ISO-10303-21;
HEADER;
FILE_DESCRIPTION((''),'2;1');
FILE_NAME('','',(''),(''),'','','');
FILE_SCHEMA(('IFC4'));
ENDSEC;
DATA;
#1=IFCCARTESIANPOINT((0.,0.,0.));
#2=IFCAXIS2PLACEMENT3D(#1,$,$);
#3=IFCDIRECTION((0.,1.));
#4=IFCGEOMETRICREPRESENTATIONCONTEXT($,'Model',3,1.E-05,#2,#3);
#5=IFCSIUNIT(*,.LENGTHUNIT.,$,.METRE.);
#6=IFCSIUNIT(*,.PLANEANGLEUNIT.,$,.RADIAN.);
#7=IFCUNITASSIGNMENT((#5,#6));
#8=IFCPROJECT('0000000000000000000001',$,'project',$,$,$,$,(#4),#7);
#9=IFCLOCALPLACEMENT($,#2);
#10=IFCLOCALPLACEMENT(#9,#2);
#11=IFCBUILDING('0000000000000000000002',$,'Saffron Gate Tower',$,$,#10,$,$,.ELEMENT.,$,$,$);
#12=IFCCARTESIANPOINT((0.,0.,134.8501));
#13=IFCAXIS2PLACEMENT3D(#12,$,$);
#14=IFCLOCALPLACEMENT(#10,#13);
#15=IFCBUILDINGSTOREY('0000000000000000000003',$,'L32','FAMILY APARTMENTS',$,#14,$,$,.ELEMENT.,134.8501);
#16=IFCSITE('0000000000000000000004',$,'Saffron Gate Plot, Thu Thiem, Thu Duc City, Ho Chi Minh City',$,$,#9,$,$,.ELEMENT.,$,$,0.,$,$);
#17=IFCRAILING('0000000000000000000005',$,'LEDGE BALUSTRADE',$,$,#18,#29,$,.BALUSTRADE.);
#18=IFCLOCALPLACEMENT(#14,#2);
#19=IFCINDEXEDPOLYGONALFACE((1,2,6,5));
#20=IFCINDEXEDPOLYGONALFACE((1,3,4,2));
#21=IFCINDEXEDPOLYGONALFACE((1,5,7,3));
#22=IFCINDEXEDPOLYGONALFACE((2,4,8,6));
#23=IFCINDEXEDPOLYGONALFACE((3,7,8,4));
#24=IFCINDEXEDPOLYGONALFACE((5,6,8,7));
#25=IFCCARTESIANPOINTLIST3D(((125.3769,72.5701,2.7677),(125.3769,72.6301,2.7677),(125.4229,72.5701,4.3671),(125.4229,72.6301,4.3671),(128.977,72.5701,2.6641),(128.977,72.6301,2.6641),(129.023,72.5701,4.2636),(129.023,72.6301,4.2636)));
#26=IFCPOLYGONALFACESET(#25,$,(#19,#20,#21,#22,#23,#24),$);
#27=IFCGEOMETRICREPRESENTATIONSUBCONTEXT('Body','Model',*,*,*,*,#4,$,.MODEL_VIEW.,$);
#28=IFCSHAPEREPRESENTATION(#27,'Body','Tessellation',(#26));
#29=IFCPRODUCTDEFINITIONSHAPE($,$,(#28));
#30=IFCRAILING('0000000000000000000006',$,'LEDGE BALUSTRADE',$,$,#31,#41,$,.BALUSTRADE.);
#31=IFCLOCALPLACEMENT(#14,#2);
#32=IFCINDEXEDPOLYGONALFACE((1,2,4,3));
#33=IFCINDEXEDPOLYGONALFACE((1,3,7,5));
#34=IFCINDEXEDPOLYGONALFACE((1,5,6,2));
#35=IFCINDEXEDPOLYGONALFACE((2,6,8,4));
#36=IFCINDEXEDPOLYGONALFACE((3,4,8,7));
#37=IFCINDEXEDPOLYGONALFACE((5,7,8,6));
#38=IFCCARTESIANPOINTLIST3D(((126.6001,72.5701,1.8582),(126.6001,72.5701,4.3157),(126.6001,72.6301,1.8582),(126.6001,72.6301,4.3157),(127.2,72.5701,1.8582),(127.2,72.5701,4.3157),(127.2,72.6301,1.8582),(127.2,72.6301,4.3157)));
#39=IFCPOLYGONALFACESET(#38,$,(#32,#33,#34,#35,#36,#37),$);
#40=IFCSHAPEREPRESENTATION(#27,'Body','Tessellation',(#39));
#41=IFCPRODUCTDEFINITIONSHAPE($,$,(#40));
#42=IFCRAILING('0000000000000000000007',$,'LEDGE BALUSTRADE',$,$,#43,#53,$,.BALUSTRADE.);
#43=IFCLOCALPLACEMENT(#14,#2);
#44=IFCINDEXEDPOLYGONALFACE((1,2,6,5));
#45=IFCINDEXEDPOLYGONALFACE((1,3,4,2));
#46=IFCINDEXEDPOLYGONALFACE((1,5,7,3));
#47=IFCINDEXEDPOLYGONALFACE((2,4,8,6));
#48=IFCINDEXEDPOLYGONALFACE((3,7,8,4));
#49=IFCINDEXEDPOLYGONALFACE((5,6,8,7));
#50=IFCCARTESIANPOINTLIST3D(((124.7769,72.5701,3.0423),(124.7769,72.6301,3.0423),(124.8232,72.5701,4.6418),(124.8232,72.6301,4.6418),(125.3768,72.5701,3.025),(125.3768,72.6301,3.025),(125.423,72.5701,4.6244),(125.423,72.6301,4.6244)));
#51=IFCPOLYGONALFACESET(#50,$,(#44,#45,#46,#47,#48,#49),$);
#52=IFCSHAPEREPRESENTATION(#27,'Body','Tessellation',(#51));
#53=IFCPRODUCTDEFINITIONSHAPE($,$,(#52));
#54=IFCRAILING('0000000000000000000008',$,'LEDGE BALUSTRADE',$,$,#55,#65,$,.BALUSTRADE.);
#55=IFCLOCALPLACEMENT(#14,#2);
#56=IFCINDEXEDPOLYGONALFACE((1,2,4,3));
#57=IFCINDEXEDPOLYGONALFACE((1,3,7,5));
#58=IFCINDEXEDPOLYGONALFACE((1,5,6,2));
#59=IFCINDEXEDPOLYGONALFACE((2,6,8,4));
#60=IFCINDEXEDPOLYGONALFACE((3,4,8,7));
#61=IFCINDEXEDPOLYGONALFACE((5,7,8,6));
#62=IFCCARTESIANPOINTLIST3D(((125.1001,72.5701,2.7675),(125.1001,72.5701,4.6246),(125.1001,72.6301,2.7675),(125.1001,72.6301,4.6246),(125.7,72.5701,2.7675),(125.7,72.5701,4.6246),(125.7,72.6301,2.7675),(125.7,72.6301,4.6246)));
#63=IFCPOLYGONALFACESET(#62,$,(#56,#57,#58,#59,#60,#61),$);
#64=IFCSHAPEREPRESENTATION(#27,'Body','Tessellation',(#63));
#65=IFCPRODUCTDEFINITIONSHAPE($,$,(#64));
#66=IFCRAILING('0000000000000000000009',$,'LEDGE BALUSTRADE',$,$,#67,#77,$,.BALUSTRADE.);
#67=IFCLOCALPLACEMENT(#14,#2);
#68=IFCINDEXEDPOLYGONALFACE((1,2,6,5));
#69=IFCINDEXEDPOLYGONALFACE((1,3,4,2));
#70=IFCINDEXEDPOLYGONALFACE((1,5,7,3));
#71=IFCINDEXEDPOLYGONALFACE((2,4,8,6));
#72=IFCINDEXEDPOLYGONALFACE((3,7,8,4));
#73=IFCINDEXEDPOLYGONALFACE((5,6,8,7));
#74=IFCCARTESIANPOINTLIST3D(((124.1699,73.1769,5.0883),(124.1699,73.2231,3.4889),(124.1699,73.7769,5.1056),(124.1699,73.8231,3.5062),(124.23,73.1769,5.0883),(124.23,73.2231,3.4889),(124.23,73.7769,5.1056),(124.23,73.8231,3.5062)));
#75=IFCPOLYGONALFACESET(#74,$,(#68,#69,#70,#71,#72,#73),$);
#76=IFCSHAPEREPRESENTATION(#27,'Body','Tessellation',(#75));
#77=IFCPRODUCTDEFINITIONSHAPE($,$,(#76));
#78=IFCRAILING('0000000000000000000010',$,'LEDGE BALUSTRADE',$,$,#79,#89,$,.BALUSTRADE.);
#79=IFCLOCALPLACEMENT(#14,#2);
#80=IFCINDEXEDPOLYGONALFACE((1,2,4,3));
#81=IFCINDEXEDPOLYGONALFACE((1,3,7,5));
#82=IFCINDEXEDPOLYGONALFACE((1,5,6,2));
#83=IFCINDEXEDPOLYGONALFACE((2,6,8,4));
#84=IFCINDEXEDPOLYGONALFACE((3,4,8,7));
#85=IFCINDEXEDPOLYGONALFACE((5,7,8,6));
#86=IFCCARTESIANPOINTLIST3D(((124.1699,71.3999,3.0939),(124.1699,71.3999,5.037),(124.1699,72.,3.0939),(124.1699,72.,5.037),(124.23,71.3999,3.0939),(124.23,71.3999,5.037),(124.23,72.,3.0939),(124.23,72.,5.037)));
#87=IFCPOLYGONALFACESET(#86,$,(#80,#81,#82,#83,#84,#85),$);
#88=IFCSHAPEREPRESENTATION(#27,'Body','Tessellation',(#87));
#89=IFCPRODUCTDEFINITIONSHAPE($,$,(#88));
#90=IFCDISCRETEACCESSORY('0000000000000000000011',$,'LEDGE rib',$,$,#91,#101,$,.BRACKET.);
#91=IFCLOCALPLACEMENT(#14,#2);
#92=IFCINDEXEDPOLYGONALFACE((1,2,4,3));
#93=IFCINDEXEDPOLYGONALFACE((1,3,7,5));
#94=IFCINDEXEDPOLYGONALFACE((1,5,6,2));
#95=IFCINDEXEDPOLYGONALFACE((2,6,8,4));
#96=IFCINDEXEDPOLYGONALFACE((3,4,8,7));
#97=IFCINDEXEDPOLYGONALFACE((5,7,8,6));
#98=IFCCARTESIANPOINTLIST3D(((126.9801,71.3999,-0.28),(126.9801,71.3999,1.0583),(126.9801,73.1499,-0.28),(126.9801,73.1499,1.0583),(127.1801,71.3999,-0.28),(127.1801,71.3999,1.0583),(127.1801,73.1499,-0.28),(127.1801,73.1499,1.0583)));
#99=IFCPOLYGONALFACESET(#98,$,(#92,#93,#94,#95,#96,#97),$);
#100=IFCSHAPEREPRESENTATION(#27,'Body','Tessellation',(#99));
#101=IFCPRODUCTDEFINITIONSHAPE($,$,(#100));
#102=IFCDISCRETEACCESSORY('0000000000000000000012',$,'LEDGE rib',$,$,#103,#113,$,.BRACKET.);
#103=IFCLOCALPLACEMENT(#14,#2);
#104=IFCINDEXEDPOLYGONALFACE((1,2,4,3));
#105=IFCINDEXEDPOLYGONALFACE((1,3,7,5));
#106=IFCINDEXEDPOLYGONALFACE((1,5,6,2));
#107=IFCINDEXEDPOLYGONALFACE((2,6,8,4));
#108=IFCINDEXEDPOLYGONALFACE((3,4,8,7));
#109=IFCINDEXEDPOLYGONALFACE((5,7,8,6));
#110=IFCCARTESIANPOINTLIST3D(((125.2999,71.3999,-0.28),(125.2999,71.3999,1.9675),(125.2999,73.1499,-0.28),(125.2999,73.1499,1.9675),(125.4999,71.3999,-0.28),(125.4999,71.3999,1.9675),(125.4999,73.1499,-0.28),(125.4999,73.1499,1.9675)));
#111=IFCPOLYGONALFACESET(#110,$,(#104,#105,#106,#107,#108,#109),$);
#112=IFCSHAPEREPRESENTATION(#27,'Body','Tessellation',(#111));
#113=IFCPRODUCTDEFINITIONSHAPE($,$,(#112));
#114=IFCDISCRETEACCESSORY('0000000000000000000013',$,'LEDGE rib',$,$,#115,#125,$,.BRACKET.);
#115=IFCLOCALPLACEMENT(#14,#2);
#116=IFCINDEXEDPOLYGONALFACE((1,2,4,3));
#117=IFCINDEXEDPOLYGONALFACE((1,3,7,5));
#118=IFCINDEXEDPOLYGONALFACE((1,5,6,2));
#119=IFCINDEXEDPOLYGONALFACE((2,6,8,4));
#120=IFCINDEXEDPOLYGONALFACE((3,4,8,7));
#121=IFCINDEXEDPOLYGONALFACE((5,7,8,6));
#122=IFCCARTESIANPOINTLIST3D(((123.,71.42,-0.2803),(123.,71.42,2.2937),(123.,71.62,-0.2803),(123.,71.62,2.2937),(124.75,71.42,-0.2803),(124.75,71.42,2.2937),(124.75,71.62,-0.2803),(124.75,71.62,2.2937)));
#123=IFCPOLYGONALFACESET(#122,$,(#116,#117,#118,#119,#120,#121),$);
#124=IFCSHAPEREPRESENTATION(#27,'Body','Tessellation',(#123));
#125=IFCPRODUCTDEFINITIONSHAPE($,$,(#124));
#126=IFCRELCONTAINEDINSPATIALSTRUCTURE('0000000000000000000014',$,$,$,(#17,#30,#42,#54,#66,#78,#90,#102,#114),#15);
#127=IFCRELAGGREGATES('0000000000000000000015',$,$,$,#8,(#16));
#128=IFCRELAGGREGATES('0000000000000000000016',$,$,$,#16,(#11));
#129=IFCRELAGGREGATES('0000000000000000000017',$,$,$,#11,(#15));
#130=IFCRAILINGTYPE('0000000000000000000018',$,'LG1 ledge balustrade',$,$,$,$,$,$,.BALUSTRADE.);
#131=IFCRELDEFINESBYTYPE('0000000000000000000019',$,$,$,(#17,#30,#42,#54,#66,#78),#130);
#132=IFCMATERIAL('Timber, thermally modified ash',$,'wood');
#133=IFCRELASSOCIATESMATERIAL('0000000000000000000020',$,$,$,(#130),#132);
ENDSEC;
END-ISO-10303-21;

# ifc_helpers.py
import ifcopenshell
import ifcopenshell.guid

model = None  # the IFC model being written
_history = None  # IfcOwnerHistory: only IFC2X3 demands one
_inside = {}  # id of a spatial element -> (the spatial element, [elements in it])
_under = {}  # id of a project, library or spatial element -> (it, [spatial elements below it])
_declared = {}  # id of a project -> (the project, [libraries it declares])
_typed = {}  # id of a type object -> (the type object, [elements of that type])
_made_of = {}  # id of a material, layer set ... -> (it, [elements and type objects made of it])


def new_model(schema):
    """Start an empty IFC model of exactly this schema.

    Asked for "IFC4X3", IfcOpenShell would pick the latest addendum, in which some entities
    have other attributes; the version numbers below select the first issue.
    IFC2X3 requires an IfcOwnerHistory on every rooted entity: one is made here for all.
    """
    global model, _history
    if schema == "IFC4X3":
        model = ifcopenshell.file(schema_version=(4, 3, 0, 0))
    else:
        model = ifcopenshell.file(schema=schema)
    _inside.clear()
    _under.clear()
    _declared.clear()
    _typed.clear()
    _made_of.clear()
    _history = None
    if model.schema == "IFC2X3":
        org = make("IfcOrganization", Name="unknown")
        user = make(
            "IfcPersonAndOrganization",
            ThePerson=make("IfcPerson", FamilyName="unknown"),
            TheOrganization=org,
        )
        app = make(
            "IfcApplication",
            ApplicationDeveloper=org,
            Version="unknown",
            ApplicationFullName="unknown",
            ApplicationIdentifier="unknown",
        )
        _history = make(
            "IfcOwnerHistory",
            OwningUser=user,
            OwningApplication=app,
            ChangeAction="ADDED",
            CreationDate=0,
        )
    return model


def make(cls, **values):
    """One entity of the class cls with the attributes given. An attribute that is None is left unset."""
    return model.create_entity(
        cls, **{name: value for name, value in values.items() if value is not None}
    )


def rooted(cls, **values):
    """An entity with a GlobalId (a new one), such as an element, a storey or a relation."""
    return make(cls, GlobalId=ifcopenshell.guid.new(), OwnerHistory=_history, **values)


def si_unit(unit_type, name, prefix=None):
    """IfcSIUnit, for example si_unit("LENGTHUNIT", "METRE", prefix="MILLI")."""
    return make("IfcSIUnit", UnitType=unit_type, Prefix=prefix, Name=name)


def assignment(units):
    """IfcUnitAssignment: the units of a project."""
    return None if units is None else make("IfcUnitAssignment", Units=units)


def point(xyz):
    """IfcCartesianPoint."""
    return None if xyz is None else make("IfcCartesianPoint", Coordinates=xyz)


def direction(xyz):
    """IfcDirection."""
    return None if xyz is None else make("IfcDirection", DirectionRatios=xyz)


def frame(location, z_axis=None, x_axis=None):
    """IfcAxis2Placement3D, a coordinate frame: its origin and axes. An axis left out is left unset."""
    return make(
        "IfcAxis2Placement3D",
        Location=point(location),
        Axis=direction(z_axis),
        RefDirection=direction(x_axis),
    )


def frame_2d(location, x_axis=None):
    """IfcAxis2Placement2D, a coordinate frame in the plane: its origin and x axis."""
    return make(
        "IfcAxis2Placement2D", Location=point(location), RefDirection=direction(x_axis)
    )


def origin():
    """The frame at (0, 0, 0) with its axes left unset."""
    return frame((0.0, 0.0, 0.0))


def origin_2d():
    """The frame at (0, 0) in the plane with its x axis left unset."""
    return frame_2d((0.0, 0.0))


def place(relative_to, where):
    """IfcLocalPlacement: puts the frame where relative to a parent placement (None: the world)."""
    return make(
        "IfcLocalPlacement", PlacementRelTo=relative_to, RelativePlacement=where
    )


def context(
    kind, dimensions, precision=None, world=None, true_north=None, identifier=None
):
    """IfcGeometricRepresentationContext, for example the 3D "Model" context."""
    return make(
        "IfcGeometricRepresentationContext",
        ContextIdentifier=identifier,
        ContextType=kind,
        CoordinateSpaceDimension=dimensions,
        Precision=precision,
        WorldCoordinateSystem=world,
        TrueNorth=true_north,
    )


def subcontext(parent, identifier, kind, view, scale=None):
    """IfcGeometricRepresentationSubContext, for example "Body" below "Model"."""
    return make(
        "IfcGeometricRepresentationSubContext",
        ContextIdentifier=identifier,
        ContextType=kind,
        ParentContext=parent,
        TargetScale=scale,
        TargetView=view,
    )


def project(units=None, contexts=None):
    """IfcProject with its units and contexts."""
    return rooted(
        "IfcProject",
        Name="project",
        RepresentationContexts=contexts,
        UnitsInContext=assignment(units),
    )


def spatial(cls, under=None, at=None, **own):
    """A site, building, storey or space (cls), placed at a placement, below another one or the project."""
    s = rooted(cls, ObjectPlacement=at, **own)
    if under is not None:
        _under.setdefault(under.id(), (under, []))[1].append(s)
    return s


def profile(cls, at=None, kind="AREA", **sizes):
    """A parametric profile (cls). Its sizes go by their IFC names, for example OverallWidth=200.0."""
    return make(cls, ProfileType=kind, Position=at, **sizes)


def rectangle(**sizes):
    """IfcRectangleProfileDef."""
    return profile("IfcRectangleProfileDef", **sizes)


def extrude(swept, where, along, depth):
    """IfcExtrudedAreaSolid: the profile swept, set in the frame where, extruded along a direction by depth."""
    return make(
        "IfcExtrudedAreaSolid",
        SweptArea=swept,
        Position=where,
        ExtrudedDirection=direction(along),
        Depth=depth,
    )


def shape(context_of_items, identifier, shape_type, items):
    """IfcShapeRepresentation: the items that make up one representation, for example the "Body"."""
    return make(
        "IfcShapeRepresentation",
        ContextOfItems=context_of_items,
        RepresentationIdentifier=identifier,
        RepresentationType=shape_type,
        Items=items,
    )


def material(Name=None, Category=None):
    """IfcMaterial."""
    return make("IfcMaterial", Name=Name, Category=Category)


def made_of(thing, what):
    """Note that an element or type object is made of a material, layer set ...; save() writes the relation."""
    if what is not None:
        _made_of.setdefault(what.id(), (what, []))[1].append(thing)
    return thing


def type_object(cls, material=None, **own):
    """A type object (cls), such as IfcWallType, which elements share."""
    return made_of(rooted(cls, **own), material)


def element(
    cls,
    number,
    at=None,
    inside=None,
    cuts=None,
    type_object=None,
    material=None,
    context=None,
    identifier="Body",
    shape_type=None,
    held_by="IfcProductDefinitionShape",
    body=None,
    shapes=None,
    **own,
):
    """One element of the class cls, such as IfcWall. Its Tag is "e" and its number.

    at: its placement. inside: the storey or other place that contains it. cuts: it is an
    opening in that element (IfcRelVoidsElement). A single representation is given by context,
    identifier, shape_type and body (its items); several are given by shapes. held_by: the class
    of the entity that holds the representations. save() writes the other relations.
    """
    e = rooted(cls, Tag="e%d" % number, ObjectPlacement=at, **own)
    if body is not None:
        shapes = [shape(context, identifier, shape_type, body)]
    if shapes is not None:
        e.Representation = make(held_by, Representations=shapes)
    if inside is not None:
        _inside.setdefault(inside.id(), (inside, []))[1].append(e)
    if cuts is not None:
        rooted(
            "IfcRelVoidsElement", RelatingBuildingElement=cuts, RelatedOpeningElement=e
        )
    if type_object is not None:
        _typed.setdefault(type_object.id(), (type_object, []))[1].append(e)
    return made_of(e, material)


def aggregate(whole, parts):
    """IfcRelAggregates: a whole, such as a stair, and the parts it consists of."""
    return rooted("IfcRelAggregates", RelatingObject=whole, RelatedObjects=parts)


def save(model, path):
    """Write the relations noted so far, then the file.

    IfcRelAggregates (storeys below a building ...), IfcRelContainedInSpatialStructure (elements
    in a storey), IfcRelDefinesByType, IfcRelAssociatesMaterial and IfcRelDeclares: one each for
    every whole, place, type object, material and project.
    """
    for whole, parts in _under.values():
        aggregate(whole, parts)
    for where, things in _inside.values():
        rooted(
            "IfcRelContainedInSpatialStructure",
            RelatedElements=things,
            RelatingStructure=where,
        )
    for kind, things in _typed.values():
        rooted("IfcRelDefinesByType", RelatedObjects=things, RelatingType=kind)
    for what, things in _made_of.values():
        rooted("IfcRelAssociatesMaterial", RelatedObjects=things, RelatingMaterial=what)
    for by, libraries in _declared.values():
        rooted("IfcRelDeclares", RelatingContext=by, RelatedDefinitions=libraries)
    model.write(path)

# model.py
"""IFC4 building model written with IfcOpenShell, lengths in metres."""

from ifc_helpers import new_model, si_unit, direction, frame, origin, origin_2d, place, context, subcontext, project, spatial, rectangle, extrude, material, type_object, element, save


model = new_model("IFC4")

# Units and contexts
model_context = context("Model", 3, precision=1e-05, world=origin(), true_north=direction((0.0, 1.0)))
body_context = subcontext(model_context, "Body", "Model", "MODEL_VIEW")
ifc_project = project(units=[si_unit("LENGTHUNIT", "METRE"), si_unit("PLANEANGLEUNIT", "RADIAN")], contexts=[model_context])

# Site, building, storey
site_placement = place(None, origin())
site = spatial("IfcSite", under=ifc_project, at=site_placement, Name="Saffron Gate Plot, Thu Thiem, Thu Duc City, Ho Chi Minh City", CompositionType="ELEMENT", RefElevation=0.0)
building_placement = place(site_placement, origin())
building = spatial("IfcBuilding", under=site, at=building_placement, Name="Saffron Gate Tower", CompositionType="ELEMENT")
storey_placement = place(building_placement, frame((0.0, 0.0, 134.8501)))
storey = spatial("IfcBuildingStorey", under=building, at=storey_placement, Name="L32", Description="FAMILY APARTMENTS", CompositionType="ELEMENT", Elevation=134.8501)

# Shared definitions
ifc_material_1 = material(Name="Timber, thermally modified ash", Category="wood")

# Railings
railing_type = type_object("IfcRailingType", Name="LG1 ledge balustrade", PredefinedType="BALUSTRADE", material=ifc_material_1)
railing_1_placement = place(storey_placement, frame((129.0, 72.6001, 2.6638)))
element("IfcRailing", 1, at=railing_1_placement, inside=storey, type_object=railing_type, Name="LEDGE BALUSTRADE", PredefinedType="BALUSTRADE", context=body_context, shape_type="SweptSolid", body=[
    extrude(rectangle(XDim=0.0601, YDim=1.6001, at=origin_2d()), frame((0.0, 0.0, 0.8), z_axis=(-0.999587, 0.0, 0.028742), x_axis=(0.0, -1.0, 0.0)), (0.0, 0.0, 1.0), 3.6016),
])
railing_2_placement = place(storey_placement, frame((127.2, 72.6001, 1.8582)))
element("IfcRailing", 2, at=railing_2_placement, inside=storey, type_object=railing_type, Name="LEDGE BALUSTRADE", PredefinedType="BALUSTRADE", context=body_context, shape_type="SweptSolid", body=[
    extrude(rectangle(XDim=0.0601, YDim=2.4575, at=origin_2d()), frame((0.0, 0.0, 1.2288), z_axis=(-1.0, 0.0, 0.0), x_axis=(0.0, -1.0, 0.0)), (0.0, 0.0, 1.0), 0.5999),
])
railing_3_placement = place(storey_placement, frame((125.3999, 72.6001, 3.0247)))
element("IfcRailing", 3, at=railing_3_placement, inside=storey, type_object=railing_type, Name="LEDGE BALUSTRADE", PredefinedType="BALUSTRADE", context=body_context, shape_type="SweptSolid", body=[
    extrude(rectangle(XDim=0.0601, YDim=1.6001, at=origin_2d()), frame((0.0, 0.0, 0.8), z_axis=(-0.999583, 0.0, 0.028885), x_axis=(0.0, -1.0, 0.0)), (0.0, 0.0, 1.0), 0.6001),
])
railing_4_placement = place(storey_placement, frame((125.7, 72.6001, 2.7673)))
element("IfcRailing", 4, at=railing_4_placement, inside=storey, type_object=railing_type, Name="LEDGE BALUSTRADE", PredefinedType="BALUSTRADE", context=body_context, shape_type="SweptSolid", body=[
    extrude(rectangle(XDim=0.0601, YDim=1.8572, at=origin_2d()), frame((0.0, 0.0, 0.9287), z_axis=(-1.0, 0.0, 0.0), x_axis=(0.0, -1.0, 0.0)), (0.0, 0.0, 1.0), 0.5999),
])
railing_5_placement = place(storey_placement, frame((124.2, 73.2, 3.4885)))
element("IfcRailing", 5, at=railing_5_placement, inside=storey, type_object=railing_type, Name="LEDGE BALUSTRADE", PredefinedType="BALUSTRADE", context=body_context, shape_type="SweptSolid", body=[
    extrude(rectangle(XDim=0.0601, YDim=1.6001, at=origin_2d()), frame((0.0, 0.0, 0.8), z_axis=(0.0, 0.999583, 0.028873), x_axis=(-1.0, 0.0, 0.0)), (0.0, 0.0, 1.0), 0.6003),
])
railing_6_placement = place(storey_placement, frame((124.2, 71.3999, 3.0938)))
element("IfcRailing", 6, at=railing_6_placement, inside=storey, type_object=railing_type, Name="LEDGE BALUSTRADE", PredefinedType="BALUSTRADE", context=body_context, shape_type="SweptSolid", body=[
    extrude(rectangle(XDim=0.0601, YDim=1.9431, at=origin_2d()), frame((0.0, 0.0, 0.9717), z_axis=(0.0, 1.0, 0.0), x_axis=(-1.0, 0.0, 0.0)), (0.0, 0.0, 1.0), 0.6001),
])

# Discrete accessories
discrete_accessory_1_placement = place(storey_placement, frame((127.0801, 72.2749, -0.28), z_axis=(0.0, 0.0, 1.0), x_axis=(-1.0, 0.0, 0.0)))
element("IfcDiscreteAccessory", 7, at=discrete_accessory_1_placement, inside=storey, Name="LEDGE rib", PredefinedType="BRACKET", context=body_context, shape_type="SweptSolid", body=[
    extrude(rectangle(XDim=0.2, YDim=1.75, at=origin_2d()), origin(), (0.0, 0.0, 1.0), 1.3384),
])
discrete_accessory_2_placement = place(storey_placement, frame((125.3999, 72.2749, -0.28), z_axis=(0.0, 0.0, 1.0), x_axis=(-1.0, 0.0, 0.0)))
element("IfcDiscreteAccessory", 8, at=discrete_accessory_2_placement, inside=storey, Name="LEDGE rib", PredefinedType="BRACKET", context=body_context, shape_type="SweptSolid", body=[
    extrude(rectangle(XDim=0.2, YDim=1.75, at=origin_2d()), origin(), (0.0, 0.0, 1.0), 2.2476),
])
discrete_accessory_3_placement = place(storey_placement, frame((123.875, 71.52, -0.2803), z_axis=(0.0, 0.0, 1.0), x_axis=(0.0, 1.0, 0.0)))
element("IfcDiscreteAccessory", 9, at=discrete_accessory_3_placement, inside=storey, Name="LEDGE rib", PredefinedType="BRACKET", context=body_context, shape_type="SweptSolid", body=[
    extrude(rectangle(XDim=0.2, YDim=1.75, at=origin_2d()), origin(), (0.0, 0.0, 1.0), 2.574),
])

save(model, "model.ifc")
